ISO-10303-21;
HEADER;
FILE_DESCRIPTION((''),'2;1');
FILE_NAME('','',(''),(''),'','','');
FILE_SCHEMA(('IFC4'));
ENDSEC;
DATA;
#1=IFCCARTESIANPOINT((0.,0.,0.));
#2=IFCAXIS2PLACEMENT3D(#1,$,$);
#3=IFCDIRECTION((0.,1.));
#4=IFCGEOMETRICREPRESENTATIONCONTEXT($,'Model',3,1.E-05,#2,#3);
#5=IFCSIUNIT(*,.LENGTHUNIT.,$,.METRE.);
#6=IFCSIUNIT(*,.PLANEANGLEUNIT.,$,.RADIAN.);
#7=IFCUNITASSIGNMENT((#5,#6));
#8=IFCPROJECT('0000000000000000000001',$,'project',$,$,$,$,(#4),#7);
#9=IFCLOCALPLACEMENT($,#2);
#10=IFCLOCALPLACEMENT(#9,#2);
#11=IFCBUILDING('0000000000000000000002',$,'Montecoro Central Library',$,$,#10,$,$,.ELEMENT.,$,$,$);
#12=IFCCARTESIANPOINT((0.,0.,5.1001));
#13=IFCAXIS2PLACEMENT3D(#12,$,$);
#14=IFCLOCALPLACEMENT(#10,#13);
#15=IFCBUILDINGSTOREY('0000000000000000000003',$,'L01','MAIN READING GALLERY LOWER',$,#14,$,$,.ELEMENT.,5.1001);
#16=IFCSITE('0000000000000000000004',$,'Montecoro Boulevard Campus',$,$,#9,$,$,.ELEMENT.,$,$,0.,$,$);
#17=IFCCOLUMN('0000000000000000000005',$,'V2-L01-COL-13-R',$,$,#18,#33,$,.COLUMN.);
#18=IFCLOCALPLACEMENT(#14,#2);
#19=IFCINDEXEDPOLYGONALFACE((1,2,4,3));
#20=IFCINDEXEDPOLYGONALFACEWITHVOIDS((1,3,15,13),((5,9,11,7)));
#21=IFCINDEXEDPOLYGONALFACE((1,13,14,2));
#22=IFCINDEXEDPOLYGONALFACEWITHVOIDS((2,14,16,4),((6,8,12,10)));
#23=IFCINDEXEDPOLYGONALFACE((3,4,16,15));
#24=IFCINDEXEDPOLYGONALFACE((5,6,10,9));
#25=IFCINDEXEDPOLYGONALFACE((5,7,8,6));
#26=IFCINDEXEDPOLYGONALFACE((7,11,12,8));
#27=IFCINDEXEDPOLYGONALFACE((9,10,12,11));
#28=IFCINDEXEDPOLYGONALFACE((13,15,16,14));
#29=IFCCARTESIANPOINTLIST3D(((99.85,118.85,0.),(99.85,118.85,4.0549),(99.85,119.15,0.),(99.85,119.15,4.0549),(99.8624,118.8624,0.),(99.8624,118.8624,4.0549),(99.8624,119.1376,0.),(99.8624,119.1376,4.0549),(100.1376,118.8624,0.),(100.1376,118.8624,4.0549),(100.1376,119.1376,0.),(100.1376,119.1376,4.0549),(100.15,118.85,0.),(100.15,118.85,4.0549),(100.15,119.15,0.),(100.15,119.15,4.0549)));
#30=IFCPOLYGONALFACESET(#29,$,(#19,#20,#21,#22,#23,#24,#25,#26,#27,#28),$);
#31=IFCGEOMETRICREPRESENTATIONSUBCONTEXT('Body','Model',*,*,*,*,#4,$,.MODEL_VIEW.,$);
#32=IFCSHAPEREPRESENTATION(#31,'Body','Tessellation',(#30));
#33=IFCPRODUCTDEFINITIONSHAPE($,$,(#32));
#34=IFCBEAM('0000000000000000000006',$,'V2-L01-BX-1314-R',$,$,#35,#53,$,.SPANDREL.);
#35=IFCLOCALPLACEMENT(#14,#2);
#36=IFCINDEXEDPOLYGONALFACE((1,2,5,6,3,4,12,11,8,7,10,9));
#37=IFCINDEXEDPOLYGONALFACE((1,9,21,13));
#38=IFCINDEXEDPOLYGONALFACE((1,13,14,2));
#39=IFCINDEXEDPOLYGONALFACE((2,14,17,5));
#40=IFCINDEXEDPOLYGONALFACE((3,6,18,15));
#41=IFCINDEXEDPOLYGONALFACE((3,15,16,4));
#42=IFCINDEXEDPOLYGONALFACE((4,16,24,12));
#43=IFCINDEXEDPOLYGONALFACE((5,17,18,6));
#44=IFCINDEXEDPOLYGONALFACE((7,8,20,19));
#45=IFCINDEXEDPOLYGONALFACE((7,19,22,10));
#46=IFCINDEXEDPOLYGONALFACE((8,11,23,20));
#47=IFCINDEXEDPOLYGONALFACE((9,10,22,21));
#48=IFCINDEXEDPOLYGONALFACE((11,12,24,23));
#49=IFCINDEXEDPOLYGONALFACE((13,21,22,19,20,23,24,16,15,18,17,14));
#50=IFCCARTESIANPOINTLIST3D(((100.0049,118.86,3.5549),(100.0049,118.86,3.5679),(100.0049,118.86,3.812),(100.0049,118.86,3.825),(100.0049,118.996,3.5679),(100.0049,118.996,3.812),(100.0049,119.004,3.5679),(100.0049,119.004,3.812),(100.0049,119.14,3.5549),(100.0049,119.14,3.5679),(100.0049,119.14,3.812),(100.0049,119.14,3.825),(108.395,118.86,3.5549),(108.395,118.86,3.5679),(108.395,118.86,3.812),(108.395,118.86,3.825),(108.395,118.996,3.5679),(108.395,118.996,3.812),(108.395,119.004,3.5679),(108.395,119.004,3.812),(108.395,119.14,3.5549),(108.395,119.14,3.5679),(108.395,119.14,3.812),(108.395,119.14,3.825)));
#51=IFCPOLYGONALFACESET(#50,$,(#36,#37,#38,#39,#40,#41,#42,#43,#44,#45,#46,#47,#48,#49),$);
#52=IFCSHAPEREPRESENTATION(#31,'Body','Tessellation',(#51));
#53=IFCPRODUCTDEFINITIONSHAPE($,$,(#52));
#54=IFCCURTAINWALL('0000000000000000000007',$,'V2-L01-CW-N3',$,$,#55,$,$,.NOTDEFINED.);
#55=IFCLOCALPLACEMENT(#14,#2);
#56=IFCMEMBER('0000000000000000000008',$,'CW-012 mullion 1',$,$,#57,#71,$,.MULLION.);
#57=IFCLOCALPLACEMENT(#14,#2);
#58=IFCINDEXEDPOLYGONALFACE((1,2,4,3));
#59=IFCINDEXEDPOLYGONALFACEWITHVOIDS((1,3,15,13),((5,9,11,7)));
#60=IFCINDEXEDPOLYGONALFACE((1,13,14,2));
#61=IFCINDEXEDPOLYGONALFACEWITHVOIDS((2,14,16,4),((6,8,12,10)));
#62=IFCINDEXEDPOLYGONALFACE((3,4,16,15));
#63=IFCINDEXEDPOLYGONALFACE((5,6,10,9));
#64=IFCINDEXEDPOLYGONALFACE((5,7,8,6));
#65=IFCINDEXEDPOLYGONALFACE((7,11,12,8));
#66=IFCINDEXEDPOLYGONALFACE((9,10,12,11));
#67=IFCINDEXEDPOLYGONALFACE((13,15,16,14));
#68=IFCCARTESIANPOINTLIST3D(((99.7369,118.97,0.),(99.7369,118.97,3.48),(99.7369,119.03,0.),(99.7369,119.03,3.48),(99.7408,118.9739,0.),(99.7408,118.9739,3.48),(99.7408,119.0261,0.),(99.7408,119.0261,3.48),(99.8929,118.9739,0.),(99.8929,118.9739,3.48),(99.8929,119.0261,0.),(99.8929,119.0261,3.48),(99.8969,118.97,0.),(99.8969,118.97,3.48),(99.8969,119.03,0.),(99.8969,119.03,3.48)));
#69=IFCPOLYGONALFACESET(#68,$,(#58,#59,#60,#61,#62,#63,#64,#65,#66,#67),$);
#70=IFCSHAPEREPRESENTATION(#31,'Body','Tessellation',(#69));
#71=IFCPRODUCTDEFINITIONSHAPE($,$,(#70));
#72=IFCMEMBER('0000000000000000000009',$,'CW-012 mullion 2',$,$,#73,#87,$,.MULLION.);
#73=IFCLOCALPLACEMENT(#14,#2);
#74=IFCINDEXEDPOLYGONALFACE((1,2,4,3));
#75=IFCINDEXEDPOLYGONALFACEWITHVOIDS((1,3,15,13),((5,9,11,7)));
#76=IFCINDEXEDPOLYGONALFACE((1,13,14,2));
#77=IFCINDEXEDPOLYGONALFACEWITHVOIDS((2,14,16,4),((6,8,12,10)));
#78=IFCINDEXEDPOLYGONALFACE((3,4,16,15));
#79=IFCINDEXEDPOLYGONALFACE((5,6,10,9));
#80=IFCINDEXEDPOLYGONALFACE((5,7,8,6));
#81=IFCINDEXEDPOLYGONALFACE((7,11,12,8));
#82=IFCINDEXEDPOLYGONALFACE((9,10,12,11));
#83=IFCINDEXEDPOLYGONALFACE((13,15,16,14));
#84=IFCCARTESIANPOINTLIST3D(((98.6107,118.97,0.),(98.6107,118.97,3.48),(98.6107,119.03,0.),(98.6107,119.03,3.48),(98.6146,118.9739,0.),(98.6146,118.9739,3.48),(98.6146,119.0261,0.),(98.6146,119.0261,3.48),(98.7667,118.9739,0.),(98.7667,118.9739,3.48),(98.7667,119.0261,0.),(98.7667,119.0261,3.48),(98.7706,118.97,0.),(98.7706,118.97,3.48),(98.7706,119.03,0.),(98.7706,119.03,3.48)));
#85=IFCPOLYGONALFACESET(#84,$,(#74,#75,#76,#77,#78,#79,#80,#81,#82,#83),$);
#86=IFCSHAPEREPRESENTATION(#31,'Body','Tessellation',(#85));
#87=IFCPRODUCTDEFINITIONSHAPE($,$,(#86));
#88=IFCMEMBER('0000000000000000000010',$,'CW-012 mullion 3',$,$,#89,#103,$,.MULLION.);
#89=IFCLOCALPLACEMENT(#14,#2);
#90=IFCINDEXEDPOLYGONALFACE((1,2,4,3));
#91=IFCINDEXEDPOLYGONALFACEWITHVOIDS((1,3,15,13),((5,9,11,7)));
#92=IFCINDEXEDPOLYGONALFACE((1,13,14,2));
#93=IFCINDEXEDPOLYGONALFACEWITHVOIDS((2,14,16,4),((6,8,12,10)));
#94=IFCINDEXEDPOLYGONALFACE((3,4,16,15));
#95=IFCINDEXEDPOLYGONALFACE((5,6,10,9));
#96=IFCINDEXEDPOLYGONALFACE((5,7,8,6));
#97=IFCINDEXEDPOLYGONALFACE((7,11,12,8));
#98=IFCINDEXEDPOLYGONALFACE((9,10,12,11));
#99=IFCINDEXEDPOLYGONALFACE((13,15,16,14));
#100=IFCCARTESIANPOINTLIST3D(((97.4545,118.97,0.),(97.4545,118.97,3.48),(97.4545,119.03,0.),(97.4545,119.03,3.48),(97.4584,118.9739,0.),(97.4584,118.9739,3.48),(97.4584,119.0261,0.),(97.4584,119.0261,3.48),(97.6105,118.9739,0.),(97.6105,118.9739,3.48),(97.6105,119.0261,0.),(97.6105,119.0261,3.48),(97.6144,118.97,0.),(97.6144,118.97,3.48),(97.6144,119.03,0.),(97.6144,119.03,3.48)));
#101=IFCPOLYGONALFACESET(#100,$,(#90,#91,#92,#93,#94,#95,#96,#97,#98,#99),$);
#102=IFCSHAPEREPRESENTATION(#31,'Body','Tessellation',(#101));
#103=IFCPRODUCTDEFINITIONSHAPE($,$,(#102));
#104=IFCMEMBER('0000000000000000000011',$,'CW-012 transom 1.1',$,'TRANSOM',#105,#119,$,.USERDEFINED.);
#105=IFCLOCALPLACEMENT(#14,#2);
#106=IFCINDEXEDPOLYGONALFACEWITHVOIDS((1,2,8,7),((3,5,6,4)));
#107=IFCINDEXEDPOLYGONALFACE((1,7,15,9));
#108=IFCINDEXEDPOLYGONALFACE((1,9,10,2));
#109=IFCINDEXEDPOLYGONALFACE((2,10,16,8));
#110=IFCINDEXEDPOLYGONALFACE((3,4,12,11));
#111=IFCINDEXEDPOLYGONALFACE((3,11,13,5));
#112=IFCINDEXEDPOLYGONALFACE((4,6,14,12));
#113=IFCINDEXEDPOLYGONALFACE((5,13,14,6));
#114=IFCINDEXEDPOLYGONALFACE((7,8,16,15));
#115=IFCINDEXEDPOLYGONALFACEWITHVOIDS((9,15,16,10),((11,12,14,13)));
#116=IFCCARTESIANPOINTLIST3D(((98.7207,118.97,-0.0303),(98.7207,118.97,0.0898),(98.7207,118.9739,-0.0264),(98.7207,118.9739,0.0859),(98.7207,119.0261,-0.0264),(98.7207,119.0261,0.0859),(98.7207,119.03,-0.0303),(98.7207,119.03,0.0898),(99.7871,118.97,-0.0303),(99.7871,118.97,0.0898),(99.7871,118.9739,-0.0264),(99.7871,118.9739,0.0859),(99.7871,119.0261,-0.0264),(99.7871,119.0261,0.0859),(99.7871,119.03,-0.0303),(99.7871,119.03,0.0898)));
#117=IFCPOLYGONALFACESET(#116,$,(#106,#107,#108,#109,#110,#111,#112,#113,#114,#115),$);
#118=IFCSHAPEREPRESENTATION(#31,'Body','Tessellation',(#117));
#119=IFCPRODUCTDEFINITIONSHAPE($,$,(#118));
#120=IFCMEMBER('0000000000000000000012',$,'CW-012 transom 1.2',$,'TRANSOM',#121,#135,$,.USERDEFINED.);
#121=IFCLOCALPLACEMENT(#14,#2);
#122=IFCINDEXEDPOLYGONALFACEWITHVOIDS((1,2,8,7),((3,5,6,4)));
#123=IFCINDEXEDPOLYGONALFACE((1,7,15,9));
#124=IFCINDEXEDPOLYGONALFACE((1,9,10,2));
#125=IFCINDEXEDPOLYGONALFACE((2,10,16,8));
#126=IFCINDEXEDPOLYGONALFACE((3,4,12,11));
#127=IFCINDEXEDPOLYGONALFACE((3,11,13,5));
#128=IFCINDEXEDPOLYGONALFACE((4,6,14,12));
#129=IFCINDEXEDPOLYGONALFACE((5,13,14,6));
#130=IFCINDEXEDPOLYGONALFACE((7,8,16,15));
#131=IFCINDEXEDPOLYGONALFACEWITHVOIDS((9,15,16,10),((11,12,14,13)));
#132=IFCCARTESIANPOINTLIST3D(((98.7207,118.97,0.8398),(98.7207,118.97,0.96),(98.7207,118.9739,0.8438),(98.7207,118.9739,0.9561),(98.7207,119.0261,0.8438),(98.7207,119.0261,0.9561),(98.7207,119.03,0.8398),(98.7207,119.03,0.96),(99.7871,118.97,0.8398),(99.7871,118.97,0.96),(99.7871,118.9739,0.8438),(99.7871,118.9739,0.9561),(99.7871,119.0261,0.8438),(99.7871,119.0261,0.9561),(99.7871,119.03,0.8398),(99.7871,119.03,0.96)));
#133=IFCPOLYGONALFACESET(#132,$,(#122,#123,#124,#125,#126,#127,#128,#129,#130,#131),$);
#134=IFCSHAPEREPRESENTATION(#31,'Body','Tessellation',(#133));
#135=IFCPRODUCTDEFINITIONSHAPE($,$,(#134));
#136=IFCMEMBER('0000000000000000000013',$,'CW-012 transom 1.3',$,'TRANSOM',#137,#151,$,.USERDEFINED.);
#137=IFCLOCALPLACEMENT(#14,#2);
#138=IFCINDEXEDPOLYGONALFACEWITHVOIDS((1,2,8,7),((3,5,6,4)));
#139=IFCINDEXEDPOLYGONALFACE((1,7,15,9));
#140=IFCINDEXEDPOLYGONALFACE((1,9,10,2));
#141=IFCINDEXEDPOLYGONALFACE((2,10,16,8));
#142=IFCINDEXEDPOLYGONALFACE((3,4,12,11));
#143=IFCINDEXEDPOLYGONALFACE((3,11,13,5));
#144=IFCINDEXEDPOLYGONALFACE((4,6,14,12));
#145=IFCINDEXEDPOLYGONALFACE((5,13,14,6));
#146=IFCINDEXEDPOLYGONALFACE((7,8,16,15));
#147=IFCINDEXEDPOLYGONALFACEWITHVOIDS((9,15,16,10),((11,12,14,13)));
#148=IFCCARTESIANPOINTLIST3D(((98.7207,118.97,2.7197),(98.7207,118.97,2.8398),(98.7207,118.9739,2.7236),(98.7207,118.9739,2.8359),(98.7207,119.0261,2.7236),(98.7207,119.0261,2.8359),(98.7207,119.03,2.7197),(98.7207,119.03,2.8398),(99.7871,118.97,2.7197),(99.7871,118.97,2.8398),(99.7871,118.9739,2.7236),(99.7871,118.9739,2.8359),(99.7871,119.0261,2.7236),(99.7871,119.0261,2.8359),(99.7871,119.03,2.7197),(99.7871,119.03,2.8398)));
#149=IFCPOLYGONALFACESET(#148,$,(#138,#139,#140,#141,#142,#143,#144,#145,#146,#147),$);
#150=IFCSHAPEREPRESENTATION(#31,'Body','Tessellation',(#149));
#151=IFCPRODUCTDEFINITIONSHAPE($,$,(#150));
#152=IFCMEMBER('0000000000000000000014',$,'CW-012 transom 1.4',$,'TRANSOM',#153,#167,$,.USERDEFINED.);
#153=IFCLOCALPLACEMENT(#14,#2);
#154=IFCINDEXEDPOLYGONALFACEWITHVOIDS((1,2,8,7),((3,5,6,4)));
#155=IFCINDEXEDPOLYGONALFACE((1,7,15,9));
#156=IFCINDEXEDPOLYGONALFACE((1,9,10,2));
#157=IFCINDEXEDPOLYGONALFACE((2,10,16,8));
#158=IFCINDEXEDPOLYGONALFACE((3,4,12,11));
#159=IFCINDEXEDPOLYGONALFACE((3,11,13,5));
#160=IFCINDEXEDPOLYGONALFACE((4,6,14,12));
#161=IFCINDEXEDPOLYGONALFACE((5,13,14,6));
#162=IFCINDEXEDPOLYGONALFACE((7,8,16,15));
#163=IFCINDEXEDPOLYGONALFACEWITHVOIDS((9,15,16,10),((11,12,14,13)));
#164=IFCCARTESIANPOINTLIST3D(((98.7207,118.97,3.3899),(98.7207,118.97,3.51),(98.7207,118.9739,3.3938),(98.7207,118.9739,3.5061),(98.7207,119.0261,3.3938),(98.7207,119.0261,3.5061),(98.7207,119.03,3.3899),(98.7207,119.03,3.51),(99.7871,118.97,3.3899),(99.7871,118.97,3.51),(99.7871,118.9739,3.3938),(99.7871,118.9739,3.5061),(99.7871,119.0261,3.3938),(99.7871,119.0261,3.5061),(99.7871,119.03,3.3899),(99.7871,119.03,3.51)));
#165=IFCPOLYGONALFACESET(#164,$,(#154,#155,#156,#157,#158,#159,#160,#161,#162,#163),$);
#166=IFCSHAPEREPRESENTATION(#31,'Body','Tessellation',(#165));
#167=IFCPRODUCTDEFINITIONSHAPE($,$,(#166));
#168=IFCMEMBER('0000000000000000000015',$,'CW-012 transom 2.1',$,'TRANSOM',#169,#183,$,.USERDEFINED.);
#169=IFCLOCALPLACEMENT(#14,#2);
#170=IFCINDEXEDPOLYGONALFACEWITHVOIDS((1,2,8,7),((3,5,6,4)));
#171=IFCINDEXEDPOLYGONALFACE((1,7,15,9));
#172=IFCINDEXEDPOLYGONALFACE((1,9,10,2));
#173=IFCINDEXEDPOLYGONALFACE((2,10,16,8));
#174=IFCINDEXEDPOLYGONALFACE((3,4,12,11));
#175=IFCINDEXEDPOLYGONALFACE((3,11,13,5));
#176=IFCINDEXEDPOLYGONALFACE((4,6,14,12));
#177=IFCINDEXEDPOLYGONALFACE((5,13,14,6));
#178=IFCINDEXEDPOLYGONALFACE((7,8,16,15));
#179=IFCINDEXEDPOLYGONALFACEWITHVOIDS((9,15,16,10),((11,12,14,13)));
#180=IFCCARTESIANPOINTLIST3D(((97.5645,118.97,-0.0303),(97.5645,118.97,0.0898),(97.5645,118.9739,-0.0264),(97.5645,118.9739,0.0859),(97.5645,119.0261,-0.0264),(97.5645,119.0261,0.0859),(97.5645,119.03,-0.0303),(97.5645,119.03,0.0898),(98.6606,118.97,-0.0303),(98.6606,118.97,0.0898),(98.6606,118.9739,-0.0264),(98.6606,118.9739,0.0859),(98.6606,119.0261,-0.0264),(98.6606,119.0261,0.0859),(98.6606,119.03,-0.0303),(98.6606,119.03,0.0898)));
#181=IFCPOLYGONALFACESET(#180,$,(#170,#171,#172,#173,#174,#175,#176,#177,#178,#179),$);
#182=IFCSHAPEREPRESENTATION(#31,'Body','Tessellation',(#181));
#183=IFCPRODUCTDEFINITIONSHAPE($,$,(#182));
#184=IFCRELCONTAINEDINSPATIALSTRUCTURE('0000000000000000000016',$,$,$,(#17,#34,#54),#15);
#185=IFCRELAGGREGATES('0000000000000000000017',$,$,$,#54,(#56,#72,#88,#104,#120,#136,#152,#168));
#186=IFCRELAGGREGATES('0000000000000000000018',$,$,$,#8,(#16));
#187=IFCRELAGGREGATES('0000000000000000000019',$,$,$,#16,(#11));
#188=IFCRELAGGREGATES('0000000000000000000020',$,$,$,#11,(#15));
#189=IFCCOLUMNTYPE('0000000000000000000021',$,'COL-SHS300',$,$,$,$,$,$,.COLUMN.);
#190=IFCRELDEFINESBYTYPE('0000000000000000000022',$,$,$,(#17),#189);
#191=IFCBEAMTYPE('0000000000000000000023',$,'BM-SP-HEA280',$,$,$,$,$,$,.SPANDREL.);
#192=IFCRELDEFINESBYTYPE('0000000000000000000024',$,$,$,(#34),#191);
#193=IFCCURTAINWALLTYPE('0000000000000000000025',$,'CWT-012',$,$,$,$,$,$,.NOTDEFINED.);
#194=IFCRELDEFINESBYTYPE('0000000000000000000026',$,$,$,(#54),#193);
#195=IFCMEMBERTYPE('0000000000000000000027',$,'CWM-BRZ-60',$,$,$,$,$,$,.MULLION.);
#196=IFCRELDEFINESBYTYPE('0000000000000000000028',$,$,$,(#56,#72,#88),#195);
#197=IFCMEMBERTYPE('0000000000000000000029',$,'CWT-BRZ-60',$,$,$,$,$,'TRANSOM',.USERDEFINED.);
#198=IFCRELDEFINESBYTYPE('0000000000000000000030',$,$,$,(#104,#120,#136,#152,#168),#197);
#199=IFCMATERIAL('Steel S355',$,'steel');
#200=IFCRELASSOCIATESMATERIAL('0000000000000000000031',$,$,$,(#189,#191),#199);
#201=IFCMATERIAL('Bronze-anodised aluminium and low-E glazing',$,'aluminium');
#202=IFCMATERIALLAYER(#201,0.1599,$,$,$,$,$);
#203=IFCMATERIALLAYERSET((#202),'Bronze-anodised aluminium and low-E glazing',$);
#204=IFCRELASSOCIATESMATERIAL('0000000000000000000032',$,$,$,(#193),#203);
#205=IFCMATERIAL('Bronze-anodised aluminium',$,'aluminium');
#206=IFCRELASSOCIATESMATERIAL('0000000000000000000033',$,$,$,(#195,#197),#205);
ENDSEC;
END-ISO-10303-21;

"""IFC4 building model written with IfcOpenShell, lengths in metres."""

from ifc_helpers import new_model, si_unit, direction, frame, origin, origin_2d, place, context, subcontext, project, spatial, hollow_rectangle, i_section, extrude, material, layer, layer_set, material_profile, profile_set, type_object, element, aggregate, save


model = new_model("IFC4")

# Units and contexts
model_context = context("Model", 3, precision=1e-05, world=origin(), true_north=direction((0.0, 1.0)))
body_context = subcontext(model_context, "Body", "Model", "MODEL_VIEW")
ifc_project = project(units=[si_unit("LENGTHUNIT", "METRE"), si_unit("PLANEANGLEUNIT", "RADIAN")], contexts=[model_context])

# Site, building, storey
site_placement = place(None, origin())
site = spatial("IfcSite", under=ifc_project, at=site_placement, Name="Montecoro Boulevard Campus", CompositionType="ELEMENT", RefElevation=0.0)
building_placement = place(site_placement, origin())
building = spatial("IfcBuilding", under=site, at=building_placement, Name="Montecoro Central Library", CompositionType="ELEMENT")
storey_placement = place(building_placement, frame((0.0, 0.0, 5.1001)))
storey = spatial("IfcBuildingStorey", under=building, at=storey_placement, Name="L01", Description="MAIN READING GALLERY LOWER", CompositionType="ELEMENT", Elevation=5.1001)

# Column
ifc_material_1 = material(Name="Steel S355", Category="steel")
ifc_material_profile_1 = material_profile(ifc_material_1, hollow_rectangle(XDim=0.3, YDim=0.3, WallThickness=0.0125, at=origin_2d()), Name="SHS 300x300x12.5")
ifc_profile_set_1 = profile_set([ifc_material_profile_1], Name="Steel S355")
column_type = type_object("IfcColumnType", Name="COL-SHS300", PredefinedType="COLUMN", material=ifc_profile_set_1)
column_placement = place(storey_placement, frame((100.0, 119.0, 0.0), z_axis=(0.0, 0.0, 1.0), x_axis=(1.0, 0.0, 0.0)))
element("IfcColumn", 1, at=column_placement, inside=storey, type_object=column_type, Name="V2-L01-COL-13-R", PredefinedType="COLUMN", context=body_context, shape_type="SweptSolid", body=[
    extrude(hollow_rectangle(XDim=0.3, YDim=0.3, WallThickness=0.0125, at=origin_2d()), origin(), (0.0, 0.0, 1.0), 4.0549),
])

# Beam
ifc_material_profile_2 = material_profile(ifc_material_1, i_section(OverallWidth=0.28, OverallDepth=0.27, WebThickness=0.0081, FlangeThickness=0.0129, at=origin_2d()), Name="HEA 280")
ifc_profile_set_2 = profile_set([ifc_material_profile_2], Name="Steel S355")
beam_type = type_object("IfcBeamType", Name="BM-SP-HEA280", PredefinedType="SPANDREL", material=ifc_profile_set_2)
beam_placement = place(storey_placement, frame((100.0049, 119.0, 3.6899), z_axis=(1.0, 0.0, 0.0), x_axis=(0.0, 1.0, 0.0)))
element("IfcBeam", 2, at=beam_placement, inside=storey, type_object=beam_type, Name="V2-L01-BX-1314-R", PredefinedType="SPANDREL", context=body_context, shape_type="SweptSolid", body=[
    extrude(i_section(OverallWidth=0.28, OverallDepth=0.27, WebThickness=0.0081, FlangeThickness=0.0129, at=origin_2d()), origin(), (0.0, 0.0, 1.0), 8.3901),
])

# Curtain wall, members
ifc_material_2 = material(Name="Bronze-anodised aluminium and low-E glazing", Category="aluminium")
ifc_layer_1 = layer(ifc_material_2, 0.1599)
ifc_layer_set_1 = layer_set([ifc_layer_1], Name="Bronze-anodised aluminium and low-E glazing")
curtain_wall_type = type_object("IfcCurtainWallType", Name="CWT-012", PredefinedType="NOTDEFINED", material=ifc_layer_set_1)
curtain_wall_placement = place(storey_placement, origin())
curtain_wall = element("IfcCurtainWall", 3, at=curtain_wall_placement, inside=storey, type_object=curtain_wall_type, Name="V2-L01-CW-N3", PredefinedType="NOTDEFINED")
ifc_material_3 = material(Name="Bronze-anodised aluminium", Category="aluminium")
ifc_material_profile_3 = material_profile(ifc_material_3, hollow_rectangle(XDim=0.0601, YDim=0.1599, WallThickness=0.0039, at=origin_2d()), Name="CWM 160x60x4.0")
ifc_profile_set_3 = profile_set([ifc_material_profile_3], Name="Bronze-anodised aluminium")
member_type_1 = type_object("IfcMemberType", Name="CWM-BRZ-60", PredefinedType="MULLION", material=ifc_profile_set_3)
member_1_placement = place(storey_placement, frame((99.8169, 119.0, 0.0), z_axis=(0.0, 0.0, 1.0), x_axis=(0.0, -1.0, 0.0)))
member_1 = element("IfcMember", 4, at=member_1_placement, type_object=member_type_1, Name="CW-012 mullion 1", PredefinedType="MULLION", context=body_context, shape_type="SweptSolid", body=[
    extrude(hollow_rectangle(XDim=0.0601, YDim=0.1599, WallThickness=0.0039, at=origin_2d()), origin(), (0.0, 0.0, 1.0), 3.48),
])
member_2_placement = place(storey_placement, frame((98.6907, 119.0, 0.0), z_axis=(0.0, 0.0, 1.0), x_axis=(0.0, -1.0, 0.0)))
member_2 = element("IfcMember", 5, at=member_2_placement, type_object=member_type_1, Name="CW-012 mullion 2", PredefinedType="MULLION", context=body_context, shape_type="SweptSolid", body=[
    extrude(hollow_rectangle(XDim=0.0601, YDim=0.1599, WallThickness=0.0039, at=origin_2d()), origin(), (0.0, 0.0, 1.0), 3.48),
])
member_3_placement = place(storey_placement, frame((97.5344, 119.0, 0.0), z_axis=(0.0, 0.0, 1.0), x_axis=(0.0, -1.0, 0.0)))
member_3 = element("IfcMember", 6, at=member_3_placement, type_object=member_type_1, Name="CW-012 mullion 3", PredefinedType="MULLION", context=body_context, shape_type="SweptSolid", body=[
    extrude(hollow_rectangle(XDim=0.0601, YDim=0.1599, WallThickness=0.0039, at=origin_2d()), origin(), (0.0, 0.0, 1.0), 3.48),
])
ifc_material_profile_4 = material_profile(ifc_material_3, hollow_rectangle(XDim=0.0601, YDim=0.1201, WallThickness=0.0039, at=origin_2d()), Name="CWT 120x60x4.0")
ifc_profile_set_4 = profile_set([ifc_material_profile_4], Name="Bronze-anodised aluminium")
member_type_2 = type_object("IfcMemberType", Name="CWT-BRZ-60", ElementType="TRANSOM", PredefinedType="USERDEFINED", material=ifc_profile_set_4)
member_4_placement = place(storey_placement, frame((99.7871, 119.0, 0.0298), z_axis=(-1.0, 0.0, 0.0), x_axis=(0.0, -1.0, 0.0)))
member_4 = element("IfcMember", 7, at=member_4_placement, type_object=member_type_2, Name="CW-012 transom 1.1", ObjectType="TRANSOM", PredefinedType="USERDEFINED", context=body_context, shape_type="SweptSolid", body=[
    extrude(hollow_rectangle(XDim=0.0601, YDim=0.1201, WallThickness=0.0039, at=origin_2d()), origin(), (0.0, 0.0, 1.0), 1.0664),
])
member_5_placement = place(storey_placement, frame((99.7871, 119.0, 0.8999), z_axis=(-1.0, 0.0, 0.0), x_axis=(0.0, -1.0, 0.0)))
member_5 = element("IfcMember", 8, at=member_5_placement, type_object=member_type_2, Name="CW-012 transom 1.2", ObjectType="TRANSOM", PredefinedType="USERDEFINED", context=body_context, shape_type="SweptSolid", body=[
    extrude(hollow_rectangle(XDim=0.0601, YDim=0.1201, WallThickness=0.0039, at=origin_2d()), origin(), (0.0, 0.0, 1.0), 1.0664),
])
member_6_placement = place(storey_placement, frame((99.7871, 119.0, 2.7798), z_axis=(-1.0, 0.0, 0.0), x_axis=(0.0, -1.0, 0.0)))
member_6 = element("IfcMember", 9, at=member_6_placement, type_object=member_type_2, Name="CW-012 transom 1.3", ObjectType="TRANSOM", PredefinedType="USERDEFINED", context=body_context, shape_type="SweptSolid", body=[
    extrude(hollow_rectangle(XDim=0.0601, YDim=0.1201, WallThickness=0.0039, at=origin_2d()), origin(), (0.0, 0.0, 1.0), 1.0664),
])
member_7_placement = place(storey_placement, frame((99.7871, 119.0, 3.45), z_axis=(-1.0, 0.0, 0.0), x_axis=(0.0, -1.0, 0.0)))
member_7 = element("IfcMember", 10, at=member_7_placement, type_object=member_type_2, Name="CW-012 transom 1.4", ObjectType="TRANSOM", PredefinedType="USERDEFINED", context=body_context, shape_type="SweptSolid", body=[
    extrude(hollow_rectangle(XDim=0.0601, YDim=0.1201, WallThickness=0.0039, at=origin_2d()), origin(), (0.0, 0.0, 1.0), 1.0664),
])
member_8_placement = place(storey_placement, frame((98.6606, 119.0, 0.0298), z_axis=(-1.0, 0.0, 0.0), x_axis=(0.0, -1.0, 0.0)))
member_8 = element("IfcMember", 11, at=member_8_placement, type_object=member_type_2, Name="CW-012 transom 2.1", ObjectType="TRANSOM", PredefinedType="USERDEFINED", context=body_context, shape_type="SweptSolid", body=[
    extrude(hollow_rectangle(XDim=0.0601, YDim=0.1201, WallThickness=0.0039, at=origin_2d()), origin(), (0.0, 0.0, 1.0), 1.0962),
])
aggregate(curtain_wall, [member_1, member_2, member_3, member_4, member_5, member_6, member_7, member_8])

save(model, "model.ifc")
